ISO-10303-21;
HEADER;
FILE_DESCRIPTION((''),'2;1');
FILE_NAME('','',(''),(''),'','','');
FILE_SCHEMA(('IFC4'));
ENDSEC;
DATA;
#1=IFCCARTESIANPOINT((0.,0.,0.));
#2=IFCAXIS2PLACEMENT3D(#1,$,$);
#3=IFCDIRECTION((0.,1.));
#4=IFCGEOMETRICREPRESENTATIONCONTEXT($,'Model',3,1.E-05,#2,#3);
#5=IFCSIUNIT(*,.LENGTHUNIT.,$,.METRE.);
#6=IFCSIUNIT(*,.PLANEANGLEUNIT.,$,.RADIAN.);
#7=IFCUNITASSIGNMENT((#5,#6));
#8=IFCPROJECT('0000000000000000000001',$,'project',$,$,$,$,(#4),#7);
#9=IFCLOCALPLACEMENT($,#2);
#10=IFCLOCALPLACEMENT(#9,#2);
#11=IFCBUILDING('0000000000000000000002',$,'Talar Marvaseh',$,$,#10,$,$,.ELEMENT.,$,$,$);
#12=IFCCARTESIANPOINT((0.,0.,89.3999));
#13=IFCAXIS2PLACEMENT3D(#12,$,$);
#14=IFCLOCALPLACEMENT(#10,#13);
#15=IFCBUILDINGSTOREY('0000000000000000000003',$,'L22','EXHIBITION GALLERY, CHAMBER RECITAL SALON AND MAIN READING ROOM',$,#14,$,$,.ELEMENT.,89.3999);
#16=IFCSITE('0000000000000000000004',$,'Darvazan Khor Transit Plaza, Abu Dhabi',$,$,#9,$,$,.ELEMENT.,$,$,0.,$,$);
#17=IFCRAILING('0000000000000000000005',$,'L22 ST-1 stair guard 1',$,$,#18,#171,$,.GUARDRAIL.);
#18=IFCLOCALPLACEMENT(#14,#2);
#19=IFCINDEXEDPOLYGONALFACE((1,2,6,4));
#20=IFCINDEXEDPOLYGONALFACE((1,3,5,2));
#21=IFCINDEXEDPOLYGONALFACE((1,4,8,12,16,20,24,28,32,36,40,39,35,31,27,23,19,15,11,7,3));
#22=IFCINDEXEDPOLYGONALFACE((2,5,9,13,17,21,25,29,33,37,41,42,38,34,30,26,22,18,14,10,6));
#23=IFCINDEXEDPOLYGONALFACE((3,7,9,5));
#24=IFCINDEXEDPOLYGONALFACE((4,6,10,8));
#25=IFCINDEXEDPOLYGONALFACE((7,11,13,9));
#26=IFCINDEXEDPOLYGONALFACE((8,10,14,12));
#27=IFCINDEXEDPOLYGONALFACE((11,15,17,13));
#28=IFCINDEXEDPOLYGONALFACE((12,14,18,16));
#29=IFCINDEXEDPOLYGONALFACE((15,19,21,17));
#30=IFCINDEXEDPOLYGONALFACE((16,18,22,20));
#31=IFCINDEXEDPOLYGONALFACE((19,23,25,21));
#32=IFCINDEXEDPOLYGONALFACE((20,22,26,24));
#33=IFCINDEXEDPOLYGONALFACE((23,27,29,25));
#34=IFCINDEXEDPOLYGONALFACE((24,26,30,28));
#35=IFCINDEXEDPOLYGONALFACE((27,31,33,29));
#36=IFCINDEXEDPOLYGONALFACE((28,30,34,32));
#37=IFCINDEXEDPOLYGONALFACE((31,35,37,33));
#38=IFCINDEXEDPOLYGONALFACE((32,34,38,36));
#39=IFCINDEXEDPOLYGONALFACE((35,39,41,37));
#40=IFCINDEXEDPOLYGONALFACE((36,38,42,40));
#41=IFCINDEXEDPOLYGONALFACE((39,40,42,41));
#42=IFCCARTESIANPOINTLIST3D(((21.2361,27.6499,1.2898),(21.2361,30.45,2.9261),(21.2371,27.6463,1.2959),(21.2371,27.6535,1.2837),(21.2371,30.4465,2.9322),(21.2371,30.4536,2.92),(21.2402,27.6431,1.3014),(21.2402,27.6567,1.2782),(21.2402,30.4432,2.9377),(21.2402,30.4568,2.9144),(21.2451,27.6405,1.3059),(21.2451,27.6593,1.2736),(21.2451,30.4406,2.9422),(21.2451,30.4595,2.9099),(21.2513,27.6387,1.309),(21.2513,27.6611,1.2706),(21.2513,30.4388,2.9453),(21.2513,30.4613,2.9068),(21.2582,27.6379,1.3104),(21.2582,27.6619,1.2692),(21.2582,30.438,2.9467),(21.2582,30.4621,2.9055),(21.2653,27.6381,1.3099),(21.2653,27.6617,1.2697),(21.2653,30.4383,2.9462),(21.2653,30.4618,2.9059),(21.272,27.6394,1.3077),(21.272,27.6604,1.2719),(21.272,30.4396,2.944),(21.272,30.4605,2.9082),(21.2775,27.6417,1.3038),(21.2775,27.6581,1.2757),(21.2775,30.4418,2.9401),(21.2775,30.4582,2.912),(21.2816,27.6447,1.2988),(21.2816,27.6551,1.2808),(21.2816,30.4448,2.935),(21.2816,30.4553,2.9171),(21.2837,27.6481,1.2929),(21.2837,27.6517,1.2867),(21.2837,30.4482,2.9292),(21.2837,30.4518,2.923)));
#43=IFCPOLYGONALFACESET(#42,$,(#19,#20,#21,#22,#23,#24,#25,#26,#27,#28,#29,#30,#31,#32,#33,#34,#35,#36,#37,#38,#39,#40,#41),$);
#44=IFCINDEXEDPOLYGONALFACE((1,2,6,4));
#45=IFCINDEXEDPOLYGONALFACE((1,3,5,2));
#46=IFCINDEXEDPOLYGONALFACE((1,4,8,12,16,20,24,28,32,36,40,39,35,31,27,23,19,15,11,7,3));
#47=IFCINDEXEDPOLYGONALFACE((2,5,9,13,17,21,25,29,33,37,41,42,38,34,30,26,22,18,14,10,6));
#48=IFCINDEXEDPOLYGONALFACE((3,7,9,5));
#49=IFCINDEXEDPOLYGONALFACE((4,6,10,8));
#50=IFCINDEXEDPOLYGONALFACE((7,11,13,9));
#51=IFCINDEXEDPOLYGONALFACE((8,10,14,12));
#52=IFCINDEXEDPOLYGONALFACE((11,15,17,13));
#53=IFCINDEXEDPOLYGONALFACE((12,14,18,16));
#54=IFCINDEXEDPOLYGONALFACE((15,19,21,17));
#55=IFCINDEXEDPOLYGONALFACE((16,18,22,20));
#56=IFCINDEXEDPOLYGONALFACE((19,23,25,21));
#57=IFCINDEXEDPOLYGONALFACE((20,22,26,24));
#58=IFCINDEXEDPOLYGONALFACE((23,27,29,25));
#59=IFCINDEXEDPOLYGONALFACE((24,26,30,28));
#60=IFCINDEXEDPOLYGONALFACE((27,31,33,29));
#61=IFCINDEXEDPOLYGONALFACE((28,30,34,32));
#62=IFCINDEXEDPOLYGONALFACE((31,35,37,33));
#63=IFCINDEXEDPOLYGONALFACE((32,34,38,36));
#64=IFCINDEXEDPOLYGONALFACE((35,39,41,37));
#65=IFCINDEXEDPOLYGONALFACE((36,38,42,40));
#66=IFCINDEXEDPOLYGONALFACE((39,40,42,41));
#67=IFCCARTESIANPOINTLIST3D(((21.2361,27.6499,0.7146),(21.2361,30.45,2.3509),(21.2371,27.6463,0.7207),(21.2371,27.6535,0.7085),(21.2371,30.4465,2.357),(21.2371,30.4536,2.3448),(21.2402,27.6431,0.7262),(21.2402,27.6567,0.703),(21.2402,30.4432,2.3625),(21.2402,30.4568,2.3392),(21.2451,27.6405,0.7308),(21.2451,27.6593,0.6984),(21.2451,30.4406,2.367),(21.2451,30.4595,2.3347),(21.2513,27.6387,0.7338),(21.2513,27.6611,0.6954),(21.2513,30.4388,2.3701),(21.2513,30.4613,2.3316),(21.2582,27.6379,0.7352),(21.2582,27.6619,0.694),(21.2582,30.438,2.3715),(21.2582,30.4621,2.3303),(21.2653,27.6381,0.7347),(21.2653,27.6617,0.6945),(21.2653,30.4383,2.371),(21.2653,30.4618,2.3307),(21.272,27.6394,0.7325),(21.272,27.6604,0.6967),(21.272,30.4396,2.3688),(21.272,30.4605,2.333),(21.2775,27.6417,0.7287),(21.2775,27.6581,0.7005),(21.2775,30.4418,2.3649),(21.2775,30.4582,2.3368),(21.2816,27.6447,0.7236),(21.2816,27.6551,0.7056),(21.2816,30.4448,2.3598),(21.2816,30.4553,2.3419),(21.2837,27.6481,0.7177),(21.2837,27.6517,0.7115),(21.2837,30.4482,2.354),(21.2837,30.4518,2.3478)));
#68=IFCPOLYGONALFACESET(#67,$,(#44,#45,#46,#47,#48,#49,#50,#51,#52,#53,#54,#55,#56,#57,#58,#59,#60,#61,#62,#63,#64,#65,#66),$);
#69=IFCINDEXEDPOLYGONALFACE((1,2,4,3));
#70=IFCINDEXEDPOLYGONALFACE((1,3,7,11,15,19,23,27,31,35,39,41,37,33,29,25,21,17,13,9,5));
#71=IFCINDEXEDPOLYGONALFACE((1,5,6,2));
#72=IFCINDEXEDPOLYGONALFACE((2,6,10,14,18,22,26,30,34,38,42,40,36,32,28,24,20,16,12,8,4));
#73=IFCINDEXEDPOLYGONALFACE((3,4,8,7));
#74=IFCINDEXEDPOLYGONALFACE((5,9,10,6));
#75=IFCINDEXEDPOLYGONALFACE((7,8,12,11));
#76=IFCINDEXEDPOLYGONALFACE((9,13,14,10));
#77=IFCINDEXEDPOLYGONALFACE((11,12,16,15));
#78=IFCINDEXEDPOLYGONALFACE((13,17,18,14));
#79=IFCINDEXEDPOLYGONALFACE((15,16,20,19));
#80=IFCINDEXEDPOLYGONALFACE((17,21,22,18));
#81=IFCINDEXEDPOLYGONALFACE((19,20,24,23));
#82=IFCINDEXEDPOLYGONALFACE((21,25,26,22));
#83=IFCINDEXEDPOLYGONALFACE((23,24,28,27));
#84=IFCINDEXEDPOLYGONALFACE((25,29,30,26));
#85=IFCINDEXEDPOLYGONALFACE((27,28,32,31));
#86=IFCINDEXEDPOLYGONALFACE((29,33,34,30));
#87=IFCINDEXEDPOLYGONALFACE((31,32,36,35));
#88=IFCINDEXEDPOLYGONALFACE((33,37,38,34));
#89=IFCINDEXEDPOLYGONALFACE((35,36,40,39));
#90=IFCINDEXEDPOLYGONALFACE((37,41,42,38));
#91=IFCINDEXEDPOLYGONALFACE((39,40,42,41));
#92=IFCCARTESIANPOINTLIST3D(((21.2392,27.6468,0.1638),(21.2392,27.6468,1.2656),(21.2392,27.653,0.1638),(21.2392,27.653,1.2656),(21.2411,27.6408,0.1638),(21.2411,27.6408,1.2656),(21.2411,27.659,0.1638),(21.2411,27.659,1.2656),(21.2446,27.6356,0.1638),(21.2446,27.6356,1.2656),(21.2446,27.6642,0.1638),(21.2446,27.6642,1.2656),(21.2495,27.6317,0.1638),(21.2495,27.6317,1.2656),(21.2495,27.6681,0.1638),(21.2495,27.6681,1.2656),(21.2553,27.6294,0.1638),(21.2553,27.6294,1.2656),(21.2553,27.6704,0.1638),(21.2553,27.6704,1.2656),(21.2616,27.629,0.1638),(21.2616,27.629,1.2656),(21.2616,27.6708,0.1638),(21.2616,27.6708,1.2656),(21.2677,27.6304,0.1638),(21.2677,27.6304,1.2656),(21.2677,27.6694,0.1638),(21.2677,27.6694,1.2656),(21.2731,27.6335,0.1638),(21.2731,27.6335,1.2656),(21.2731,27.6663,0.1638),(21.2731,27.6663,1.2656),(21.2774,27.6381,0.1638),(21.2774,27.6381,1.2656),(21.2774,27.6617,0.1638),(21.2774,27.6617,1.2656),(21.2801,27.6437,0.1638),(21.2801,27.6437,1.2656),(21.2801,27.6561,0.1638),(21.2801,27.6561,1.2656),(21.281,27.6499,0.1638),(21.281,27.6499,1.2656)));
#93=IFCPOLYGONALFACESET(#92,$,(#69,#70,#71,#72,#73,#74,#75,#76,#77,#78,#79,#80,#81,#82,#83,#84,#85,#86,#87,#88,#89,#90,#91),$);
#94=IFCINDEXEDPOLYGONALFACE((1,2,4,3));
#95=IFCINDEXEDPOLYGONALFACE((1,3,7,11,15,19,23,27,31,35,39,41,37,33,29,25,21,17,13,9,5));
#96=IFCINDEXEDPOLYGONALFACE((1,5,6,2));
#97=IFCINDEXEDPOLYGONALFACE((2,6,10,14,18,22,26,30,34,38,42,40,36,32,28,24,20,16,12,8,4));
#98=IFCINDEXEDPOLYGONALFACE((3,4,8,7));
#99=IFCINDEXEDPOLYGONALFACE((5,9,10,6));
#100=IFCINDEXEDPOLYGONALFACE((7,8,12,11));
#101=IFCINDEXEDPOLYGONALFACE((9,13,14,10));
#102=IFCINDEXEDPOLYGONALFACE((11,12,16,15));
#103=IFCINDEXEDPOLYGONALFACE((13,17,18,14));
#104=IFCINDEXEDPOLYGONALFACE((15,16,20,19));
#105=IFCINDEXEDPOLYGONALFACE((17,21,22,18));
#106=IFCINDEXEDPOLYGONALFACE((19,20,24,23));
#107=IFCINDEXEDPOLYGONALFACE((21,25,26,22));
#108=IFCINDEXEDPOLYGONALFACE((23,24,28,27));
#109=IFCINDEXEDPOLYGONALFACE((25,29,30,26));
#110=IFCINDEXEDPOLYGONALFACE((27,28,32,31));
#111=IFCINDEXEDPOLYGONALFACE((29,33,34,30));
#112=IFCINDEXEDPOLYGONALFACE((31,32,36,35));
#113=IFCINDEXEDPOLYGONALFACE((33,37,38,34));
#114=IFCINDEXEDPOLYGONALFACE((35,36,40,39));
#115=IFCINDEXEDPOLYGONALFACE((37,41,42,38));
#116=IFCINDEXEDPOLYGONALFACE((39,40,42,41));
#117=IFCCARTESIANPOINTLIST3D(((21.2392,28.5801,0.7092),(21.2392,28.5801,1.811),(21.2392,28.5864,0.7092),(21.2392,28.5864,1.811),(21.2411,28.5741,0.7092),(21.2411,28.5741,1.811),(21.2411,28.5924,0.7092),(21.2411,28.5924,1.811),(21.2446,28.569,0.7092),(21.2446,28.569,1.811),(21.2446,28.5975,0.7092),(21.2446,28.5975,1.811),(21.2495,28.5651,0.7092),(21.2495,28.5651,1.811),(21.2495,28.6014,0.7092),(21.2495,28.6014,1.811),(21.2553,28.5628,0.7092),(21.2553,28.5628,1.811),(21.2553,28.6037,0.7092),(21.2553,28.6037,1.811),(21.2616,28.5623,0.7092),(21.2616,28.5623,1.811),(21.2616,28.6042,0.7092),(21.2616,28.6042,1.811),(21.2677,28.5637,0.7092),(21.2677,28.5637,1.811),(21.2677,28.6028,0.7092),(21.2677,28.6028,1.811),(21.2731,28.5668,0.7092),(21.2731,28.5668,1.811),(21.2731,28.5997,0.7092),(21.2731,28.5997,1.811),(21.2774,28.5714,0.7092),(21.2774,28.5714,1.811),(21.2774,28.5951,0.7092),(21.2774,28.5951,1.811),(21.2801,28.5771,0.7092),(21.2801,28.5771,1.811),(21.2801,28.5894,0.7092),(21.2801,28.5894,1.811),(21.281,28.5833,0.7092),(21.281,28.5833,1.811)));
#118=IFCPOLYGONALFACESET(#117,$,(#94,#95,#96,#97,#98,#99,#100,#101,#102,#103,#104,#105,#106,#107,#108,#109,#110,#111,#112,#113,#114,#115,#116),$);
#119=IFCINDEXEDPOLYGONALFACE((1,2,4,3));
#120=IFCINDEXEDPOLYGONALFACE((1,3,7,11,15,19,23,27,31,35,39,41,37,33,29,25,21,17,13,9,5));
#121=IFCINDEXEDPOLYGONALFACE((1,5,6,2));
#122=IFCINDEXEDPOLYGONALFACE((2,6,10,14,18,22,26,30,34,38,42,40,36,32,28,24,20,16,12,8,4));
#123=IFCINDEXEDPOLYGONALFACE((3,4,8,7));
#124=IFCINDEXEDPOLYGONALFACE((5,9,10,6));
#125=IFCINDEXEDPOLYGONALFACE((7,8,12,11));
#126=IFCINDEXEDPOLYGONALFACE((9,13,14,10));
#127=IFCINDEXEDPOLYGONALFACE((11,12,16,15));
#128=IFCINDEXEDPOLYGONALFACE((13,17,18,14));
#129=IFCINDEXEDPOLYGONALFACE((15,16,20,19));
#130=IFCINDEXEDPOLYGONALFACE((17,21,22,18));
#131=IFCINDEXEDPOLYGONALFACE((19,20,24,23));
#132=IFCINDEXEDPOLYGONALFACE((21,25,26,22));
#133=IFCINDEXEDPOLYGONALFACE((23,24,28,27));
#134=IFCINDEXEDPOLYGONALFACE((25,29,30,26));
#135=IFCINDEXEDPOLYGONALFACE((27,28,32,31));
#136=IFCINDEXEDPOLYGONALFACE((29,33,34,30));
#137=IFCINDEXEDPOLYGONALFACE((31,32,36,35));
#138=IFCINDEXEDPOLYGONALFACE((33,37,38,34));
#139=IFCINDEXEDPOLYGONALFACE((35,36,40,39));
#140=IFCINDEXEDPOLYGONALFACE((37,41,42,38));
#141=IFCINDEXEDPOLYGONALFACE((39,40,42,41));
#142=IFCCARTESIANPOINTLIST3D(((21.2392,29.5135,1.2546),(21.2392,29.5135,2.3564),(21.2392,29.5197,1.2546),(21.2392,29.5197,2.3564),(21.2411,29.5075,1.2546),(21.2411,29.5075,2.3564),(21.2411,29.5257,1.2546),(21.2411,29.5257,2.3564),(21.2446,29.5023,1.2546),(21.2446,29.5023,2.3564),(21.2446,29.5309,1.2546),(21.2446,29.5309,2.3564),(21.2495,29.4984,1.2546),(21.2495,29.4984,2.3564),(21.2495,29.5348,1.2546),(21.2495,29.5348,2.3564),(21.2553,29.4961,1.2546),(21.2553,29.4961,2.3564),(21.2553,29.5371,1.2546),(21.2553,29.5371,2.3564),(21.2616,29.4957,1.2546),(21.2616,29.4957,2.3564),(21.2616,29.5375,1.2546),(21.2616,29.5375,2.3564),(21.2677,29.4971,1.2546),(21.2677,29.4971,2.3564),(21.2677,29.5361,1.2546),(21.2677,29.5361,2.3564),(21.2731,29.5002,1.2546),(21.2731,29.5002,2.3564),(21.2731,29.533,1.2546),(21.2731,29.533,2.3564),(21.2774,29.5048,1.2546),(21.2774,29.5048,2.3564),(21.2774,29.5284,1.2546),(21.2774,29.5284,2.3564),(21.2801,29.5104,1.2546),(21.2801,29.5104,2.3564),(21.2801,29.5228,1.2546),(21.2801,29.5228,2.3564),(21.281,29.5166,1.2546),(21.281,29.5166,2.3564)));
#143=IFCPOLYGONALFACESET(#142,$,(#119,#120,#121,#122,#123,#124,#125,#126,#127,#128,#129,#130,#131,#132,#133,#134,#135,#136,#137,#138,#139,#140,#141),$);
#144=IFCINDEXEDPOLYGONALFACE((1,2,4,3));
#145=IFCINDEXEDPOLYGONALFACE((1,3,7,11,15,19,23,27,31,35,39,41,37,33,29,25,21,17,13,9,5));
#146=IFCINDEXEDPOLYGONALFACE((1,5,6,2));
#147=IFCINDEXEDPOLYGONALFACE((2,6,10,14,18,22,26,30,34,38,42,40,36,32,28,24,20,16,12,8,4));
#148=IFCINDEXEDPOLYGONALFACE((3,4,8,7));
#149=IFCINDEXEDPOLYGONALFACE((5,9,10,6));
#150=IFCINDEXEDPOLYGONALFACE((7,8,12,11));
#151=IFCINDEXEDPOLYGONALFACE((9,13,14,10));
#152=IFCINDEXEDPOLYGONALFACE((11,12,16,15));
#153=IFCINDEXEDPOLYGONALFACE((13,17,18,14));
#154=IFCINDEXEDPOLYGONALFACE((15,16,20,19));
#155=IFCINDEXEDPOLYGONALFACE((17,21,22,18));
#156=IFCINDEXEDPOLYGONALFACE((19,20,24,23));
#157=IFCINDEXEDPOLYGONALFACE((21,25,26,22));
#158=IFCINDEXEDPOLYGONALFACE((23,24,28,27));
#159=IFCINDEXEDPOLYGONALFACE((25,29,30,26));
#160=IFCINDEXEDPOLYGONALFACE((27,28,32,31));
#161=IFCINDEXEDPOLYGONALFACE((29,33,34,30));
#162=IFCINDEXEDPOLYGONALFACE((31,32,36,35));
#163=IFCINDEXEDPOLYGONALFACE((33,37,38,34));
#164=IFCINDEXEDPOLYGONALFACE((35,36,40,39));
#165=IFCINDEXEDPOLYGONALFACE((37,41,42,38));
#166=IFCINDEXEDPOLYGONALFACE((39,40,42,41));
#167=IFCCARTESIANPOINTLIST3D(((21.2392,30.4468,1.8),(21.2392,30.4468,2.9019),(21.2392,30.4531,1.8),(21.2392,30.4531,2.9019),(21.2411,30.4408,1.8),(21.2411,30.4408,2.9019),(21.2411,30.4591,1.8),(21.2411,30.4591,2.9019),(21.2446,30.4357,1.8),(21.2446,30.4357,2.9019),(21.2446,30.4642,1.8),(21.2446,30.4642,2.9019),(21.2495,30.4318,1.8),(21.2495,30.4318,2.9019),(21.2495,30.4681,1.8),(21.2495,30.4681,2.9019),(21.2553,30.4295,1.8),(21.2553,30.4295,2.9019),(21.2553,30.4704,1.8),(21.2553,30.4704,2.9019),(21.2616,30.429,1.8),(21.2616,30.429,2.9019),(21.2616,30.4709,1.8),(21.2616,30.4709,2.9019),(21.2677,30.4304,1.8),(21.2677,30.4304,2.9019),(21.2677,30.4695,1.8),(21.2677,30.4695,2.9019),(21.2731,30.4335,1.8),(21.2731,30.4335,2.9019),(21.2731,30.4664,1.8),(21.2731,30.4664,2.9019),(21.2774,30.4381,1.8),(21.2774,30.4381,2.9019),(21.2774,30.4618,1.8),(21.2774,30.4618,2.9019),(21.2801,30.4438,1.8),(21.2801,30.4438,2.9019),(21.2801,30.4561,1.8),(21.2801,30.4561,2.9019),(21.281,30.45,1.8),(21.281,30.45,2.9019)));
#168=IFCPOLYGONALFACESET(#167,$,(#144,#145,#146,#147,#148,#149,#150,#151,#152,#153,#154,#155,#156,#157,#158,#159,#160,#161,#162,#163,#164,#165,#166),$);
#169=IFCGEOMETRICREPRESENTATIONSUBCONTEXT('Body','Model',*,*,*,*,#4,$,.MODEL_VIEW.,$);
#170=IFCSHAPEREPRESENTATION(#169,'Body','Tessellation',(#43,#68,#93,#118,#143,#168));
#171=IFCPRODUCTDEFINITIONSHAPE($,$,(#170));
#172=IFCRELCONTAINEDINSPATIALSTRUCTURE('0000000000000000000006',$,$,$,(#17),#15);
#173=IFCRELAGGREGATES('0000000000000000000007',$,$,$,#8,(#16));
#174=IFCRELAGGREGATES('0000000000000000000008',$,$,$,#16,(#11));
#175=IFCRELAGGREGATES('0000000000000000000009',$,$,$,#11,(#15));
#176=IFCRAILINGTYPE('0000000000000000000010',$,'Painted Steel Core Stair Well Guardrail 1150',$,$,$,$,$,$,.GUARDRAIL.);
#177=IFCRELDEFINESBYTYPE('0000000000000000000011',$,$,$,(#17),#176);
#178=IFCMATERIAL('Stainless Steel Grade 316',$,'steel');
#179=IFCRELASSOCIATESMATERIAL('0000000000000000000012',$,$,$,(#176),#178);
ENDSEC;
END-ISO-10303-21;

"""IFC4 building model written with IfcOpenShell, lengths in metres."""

from ifc_helpers import new_model, si_unit, direction, frame, origin, origin_2d, place, context, subcontext, project, spatial, circle, extrude, material, type_object, element, save


model = new_model("IFC4")

# Units and contexts
model_context = context("Model", 3, precision=1e-05, world=origin(), true_north=direction((0.0, 1.0)))
body_context = subcontext(model_context, "Body", "Model", "MODEL_VIEW")
ifc_project = project(units=[si_unit("LENGTHUNIT", "METRE"), si_unit("PLANEANGLEUNIT", "RADIAN")], contexts=[model_context])

# Site, building, storey
site_placement = place(None, origin())
site = spatial("IfcSite", under=ifc_project, at=site_placement, Name="Darvazan Khor Transit Plaza, Abu Dhabi", CompositionType="ELEMENT", RefElevation=0.0)
building_placement = place(site_placement, origin())
building = spatial("IfcBuilding", under=site, at=building_placement, Name="Talar Marvaseh", CompositionType="ELEMENT")
storey_placement = place(building_placement, frame((0.0, 0.0, 89.3999)))
storey = spatial("IfcBuildingStorey", under=building, at=storey_placement, Name="L22", Description="EXHIBITION GALLERY, CHAMBER RECITAL SALON AND MAIN READING ROOM", CompositionType="ELEMENT", Elevation=89.3999)

# Railing
ifc_material_1 = material(Name="Stainless Steel Grade 316", Category="steel")
railing_type_1 = type_object("IfcRailingType", Name="Painted Steel Core Stair Well Guardrail 1150", PredefinedType="GUARDRAIL", material=ifc_material_1)
railing_1_placement = place(storey_placement, frame((21.26, 27.6499, 0.1638)))
element("IfcRailing", 1, at=railing_1_placement, inside=storey, type_object=railing_type_1, Name="L22 ST-1 stair guard 1", PredefinedType="GUARDRAIL", context=body_context, shape_type="SweptSolid", body=[
    extrude(circle(Radius=0.0239, at=origin_2d()), frame((0.0, 0.0, 1.126), z_axis=(0.0, 0.863394, 0.504531), x_axis=(-1.0, 0.0, 0.0)), (0.0, 0.0, 1.0), 3.2432),
    extrude(circle(Radius=0.0239, at=origin_2d()), frame((0.0, 0.0, 0.5508), z_axis=(0.0, 0.863394, 0.504531), x_axis=(-1.0, 0.0, 0.0)), (0.0, 0.0, 1.0), 3.2432),
    extrude(circle(Radius=0.021, at=origin_2d()), origin(), (0.0, 0.0, 1.0), 1.1018),
    extrude(circle(Radius=0.021, at=origin_2d()), frame((0.0, 0.9333, 0.5454)), (0.0, 0.0, 1.0), 1.1018),
    extrude(circle(Radius=0.021, at=origin_2d()), frame((0.0, 1.8667, 1.0908)), (0.0, 0.0, 1.0), 1.1018),
    extrude(circle(Radius=0.021, at=origin_2d()), frame((0.0, 2.8, 1.6362)), (0.0, 0.0, 1.0), 1.1018),
])

save(model, "model.ifc")
